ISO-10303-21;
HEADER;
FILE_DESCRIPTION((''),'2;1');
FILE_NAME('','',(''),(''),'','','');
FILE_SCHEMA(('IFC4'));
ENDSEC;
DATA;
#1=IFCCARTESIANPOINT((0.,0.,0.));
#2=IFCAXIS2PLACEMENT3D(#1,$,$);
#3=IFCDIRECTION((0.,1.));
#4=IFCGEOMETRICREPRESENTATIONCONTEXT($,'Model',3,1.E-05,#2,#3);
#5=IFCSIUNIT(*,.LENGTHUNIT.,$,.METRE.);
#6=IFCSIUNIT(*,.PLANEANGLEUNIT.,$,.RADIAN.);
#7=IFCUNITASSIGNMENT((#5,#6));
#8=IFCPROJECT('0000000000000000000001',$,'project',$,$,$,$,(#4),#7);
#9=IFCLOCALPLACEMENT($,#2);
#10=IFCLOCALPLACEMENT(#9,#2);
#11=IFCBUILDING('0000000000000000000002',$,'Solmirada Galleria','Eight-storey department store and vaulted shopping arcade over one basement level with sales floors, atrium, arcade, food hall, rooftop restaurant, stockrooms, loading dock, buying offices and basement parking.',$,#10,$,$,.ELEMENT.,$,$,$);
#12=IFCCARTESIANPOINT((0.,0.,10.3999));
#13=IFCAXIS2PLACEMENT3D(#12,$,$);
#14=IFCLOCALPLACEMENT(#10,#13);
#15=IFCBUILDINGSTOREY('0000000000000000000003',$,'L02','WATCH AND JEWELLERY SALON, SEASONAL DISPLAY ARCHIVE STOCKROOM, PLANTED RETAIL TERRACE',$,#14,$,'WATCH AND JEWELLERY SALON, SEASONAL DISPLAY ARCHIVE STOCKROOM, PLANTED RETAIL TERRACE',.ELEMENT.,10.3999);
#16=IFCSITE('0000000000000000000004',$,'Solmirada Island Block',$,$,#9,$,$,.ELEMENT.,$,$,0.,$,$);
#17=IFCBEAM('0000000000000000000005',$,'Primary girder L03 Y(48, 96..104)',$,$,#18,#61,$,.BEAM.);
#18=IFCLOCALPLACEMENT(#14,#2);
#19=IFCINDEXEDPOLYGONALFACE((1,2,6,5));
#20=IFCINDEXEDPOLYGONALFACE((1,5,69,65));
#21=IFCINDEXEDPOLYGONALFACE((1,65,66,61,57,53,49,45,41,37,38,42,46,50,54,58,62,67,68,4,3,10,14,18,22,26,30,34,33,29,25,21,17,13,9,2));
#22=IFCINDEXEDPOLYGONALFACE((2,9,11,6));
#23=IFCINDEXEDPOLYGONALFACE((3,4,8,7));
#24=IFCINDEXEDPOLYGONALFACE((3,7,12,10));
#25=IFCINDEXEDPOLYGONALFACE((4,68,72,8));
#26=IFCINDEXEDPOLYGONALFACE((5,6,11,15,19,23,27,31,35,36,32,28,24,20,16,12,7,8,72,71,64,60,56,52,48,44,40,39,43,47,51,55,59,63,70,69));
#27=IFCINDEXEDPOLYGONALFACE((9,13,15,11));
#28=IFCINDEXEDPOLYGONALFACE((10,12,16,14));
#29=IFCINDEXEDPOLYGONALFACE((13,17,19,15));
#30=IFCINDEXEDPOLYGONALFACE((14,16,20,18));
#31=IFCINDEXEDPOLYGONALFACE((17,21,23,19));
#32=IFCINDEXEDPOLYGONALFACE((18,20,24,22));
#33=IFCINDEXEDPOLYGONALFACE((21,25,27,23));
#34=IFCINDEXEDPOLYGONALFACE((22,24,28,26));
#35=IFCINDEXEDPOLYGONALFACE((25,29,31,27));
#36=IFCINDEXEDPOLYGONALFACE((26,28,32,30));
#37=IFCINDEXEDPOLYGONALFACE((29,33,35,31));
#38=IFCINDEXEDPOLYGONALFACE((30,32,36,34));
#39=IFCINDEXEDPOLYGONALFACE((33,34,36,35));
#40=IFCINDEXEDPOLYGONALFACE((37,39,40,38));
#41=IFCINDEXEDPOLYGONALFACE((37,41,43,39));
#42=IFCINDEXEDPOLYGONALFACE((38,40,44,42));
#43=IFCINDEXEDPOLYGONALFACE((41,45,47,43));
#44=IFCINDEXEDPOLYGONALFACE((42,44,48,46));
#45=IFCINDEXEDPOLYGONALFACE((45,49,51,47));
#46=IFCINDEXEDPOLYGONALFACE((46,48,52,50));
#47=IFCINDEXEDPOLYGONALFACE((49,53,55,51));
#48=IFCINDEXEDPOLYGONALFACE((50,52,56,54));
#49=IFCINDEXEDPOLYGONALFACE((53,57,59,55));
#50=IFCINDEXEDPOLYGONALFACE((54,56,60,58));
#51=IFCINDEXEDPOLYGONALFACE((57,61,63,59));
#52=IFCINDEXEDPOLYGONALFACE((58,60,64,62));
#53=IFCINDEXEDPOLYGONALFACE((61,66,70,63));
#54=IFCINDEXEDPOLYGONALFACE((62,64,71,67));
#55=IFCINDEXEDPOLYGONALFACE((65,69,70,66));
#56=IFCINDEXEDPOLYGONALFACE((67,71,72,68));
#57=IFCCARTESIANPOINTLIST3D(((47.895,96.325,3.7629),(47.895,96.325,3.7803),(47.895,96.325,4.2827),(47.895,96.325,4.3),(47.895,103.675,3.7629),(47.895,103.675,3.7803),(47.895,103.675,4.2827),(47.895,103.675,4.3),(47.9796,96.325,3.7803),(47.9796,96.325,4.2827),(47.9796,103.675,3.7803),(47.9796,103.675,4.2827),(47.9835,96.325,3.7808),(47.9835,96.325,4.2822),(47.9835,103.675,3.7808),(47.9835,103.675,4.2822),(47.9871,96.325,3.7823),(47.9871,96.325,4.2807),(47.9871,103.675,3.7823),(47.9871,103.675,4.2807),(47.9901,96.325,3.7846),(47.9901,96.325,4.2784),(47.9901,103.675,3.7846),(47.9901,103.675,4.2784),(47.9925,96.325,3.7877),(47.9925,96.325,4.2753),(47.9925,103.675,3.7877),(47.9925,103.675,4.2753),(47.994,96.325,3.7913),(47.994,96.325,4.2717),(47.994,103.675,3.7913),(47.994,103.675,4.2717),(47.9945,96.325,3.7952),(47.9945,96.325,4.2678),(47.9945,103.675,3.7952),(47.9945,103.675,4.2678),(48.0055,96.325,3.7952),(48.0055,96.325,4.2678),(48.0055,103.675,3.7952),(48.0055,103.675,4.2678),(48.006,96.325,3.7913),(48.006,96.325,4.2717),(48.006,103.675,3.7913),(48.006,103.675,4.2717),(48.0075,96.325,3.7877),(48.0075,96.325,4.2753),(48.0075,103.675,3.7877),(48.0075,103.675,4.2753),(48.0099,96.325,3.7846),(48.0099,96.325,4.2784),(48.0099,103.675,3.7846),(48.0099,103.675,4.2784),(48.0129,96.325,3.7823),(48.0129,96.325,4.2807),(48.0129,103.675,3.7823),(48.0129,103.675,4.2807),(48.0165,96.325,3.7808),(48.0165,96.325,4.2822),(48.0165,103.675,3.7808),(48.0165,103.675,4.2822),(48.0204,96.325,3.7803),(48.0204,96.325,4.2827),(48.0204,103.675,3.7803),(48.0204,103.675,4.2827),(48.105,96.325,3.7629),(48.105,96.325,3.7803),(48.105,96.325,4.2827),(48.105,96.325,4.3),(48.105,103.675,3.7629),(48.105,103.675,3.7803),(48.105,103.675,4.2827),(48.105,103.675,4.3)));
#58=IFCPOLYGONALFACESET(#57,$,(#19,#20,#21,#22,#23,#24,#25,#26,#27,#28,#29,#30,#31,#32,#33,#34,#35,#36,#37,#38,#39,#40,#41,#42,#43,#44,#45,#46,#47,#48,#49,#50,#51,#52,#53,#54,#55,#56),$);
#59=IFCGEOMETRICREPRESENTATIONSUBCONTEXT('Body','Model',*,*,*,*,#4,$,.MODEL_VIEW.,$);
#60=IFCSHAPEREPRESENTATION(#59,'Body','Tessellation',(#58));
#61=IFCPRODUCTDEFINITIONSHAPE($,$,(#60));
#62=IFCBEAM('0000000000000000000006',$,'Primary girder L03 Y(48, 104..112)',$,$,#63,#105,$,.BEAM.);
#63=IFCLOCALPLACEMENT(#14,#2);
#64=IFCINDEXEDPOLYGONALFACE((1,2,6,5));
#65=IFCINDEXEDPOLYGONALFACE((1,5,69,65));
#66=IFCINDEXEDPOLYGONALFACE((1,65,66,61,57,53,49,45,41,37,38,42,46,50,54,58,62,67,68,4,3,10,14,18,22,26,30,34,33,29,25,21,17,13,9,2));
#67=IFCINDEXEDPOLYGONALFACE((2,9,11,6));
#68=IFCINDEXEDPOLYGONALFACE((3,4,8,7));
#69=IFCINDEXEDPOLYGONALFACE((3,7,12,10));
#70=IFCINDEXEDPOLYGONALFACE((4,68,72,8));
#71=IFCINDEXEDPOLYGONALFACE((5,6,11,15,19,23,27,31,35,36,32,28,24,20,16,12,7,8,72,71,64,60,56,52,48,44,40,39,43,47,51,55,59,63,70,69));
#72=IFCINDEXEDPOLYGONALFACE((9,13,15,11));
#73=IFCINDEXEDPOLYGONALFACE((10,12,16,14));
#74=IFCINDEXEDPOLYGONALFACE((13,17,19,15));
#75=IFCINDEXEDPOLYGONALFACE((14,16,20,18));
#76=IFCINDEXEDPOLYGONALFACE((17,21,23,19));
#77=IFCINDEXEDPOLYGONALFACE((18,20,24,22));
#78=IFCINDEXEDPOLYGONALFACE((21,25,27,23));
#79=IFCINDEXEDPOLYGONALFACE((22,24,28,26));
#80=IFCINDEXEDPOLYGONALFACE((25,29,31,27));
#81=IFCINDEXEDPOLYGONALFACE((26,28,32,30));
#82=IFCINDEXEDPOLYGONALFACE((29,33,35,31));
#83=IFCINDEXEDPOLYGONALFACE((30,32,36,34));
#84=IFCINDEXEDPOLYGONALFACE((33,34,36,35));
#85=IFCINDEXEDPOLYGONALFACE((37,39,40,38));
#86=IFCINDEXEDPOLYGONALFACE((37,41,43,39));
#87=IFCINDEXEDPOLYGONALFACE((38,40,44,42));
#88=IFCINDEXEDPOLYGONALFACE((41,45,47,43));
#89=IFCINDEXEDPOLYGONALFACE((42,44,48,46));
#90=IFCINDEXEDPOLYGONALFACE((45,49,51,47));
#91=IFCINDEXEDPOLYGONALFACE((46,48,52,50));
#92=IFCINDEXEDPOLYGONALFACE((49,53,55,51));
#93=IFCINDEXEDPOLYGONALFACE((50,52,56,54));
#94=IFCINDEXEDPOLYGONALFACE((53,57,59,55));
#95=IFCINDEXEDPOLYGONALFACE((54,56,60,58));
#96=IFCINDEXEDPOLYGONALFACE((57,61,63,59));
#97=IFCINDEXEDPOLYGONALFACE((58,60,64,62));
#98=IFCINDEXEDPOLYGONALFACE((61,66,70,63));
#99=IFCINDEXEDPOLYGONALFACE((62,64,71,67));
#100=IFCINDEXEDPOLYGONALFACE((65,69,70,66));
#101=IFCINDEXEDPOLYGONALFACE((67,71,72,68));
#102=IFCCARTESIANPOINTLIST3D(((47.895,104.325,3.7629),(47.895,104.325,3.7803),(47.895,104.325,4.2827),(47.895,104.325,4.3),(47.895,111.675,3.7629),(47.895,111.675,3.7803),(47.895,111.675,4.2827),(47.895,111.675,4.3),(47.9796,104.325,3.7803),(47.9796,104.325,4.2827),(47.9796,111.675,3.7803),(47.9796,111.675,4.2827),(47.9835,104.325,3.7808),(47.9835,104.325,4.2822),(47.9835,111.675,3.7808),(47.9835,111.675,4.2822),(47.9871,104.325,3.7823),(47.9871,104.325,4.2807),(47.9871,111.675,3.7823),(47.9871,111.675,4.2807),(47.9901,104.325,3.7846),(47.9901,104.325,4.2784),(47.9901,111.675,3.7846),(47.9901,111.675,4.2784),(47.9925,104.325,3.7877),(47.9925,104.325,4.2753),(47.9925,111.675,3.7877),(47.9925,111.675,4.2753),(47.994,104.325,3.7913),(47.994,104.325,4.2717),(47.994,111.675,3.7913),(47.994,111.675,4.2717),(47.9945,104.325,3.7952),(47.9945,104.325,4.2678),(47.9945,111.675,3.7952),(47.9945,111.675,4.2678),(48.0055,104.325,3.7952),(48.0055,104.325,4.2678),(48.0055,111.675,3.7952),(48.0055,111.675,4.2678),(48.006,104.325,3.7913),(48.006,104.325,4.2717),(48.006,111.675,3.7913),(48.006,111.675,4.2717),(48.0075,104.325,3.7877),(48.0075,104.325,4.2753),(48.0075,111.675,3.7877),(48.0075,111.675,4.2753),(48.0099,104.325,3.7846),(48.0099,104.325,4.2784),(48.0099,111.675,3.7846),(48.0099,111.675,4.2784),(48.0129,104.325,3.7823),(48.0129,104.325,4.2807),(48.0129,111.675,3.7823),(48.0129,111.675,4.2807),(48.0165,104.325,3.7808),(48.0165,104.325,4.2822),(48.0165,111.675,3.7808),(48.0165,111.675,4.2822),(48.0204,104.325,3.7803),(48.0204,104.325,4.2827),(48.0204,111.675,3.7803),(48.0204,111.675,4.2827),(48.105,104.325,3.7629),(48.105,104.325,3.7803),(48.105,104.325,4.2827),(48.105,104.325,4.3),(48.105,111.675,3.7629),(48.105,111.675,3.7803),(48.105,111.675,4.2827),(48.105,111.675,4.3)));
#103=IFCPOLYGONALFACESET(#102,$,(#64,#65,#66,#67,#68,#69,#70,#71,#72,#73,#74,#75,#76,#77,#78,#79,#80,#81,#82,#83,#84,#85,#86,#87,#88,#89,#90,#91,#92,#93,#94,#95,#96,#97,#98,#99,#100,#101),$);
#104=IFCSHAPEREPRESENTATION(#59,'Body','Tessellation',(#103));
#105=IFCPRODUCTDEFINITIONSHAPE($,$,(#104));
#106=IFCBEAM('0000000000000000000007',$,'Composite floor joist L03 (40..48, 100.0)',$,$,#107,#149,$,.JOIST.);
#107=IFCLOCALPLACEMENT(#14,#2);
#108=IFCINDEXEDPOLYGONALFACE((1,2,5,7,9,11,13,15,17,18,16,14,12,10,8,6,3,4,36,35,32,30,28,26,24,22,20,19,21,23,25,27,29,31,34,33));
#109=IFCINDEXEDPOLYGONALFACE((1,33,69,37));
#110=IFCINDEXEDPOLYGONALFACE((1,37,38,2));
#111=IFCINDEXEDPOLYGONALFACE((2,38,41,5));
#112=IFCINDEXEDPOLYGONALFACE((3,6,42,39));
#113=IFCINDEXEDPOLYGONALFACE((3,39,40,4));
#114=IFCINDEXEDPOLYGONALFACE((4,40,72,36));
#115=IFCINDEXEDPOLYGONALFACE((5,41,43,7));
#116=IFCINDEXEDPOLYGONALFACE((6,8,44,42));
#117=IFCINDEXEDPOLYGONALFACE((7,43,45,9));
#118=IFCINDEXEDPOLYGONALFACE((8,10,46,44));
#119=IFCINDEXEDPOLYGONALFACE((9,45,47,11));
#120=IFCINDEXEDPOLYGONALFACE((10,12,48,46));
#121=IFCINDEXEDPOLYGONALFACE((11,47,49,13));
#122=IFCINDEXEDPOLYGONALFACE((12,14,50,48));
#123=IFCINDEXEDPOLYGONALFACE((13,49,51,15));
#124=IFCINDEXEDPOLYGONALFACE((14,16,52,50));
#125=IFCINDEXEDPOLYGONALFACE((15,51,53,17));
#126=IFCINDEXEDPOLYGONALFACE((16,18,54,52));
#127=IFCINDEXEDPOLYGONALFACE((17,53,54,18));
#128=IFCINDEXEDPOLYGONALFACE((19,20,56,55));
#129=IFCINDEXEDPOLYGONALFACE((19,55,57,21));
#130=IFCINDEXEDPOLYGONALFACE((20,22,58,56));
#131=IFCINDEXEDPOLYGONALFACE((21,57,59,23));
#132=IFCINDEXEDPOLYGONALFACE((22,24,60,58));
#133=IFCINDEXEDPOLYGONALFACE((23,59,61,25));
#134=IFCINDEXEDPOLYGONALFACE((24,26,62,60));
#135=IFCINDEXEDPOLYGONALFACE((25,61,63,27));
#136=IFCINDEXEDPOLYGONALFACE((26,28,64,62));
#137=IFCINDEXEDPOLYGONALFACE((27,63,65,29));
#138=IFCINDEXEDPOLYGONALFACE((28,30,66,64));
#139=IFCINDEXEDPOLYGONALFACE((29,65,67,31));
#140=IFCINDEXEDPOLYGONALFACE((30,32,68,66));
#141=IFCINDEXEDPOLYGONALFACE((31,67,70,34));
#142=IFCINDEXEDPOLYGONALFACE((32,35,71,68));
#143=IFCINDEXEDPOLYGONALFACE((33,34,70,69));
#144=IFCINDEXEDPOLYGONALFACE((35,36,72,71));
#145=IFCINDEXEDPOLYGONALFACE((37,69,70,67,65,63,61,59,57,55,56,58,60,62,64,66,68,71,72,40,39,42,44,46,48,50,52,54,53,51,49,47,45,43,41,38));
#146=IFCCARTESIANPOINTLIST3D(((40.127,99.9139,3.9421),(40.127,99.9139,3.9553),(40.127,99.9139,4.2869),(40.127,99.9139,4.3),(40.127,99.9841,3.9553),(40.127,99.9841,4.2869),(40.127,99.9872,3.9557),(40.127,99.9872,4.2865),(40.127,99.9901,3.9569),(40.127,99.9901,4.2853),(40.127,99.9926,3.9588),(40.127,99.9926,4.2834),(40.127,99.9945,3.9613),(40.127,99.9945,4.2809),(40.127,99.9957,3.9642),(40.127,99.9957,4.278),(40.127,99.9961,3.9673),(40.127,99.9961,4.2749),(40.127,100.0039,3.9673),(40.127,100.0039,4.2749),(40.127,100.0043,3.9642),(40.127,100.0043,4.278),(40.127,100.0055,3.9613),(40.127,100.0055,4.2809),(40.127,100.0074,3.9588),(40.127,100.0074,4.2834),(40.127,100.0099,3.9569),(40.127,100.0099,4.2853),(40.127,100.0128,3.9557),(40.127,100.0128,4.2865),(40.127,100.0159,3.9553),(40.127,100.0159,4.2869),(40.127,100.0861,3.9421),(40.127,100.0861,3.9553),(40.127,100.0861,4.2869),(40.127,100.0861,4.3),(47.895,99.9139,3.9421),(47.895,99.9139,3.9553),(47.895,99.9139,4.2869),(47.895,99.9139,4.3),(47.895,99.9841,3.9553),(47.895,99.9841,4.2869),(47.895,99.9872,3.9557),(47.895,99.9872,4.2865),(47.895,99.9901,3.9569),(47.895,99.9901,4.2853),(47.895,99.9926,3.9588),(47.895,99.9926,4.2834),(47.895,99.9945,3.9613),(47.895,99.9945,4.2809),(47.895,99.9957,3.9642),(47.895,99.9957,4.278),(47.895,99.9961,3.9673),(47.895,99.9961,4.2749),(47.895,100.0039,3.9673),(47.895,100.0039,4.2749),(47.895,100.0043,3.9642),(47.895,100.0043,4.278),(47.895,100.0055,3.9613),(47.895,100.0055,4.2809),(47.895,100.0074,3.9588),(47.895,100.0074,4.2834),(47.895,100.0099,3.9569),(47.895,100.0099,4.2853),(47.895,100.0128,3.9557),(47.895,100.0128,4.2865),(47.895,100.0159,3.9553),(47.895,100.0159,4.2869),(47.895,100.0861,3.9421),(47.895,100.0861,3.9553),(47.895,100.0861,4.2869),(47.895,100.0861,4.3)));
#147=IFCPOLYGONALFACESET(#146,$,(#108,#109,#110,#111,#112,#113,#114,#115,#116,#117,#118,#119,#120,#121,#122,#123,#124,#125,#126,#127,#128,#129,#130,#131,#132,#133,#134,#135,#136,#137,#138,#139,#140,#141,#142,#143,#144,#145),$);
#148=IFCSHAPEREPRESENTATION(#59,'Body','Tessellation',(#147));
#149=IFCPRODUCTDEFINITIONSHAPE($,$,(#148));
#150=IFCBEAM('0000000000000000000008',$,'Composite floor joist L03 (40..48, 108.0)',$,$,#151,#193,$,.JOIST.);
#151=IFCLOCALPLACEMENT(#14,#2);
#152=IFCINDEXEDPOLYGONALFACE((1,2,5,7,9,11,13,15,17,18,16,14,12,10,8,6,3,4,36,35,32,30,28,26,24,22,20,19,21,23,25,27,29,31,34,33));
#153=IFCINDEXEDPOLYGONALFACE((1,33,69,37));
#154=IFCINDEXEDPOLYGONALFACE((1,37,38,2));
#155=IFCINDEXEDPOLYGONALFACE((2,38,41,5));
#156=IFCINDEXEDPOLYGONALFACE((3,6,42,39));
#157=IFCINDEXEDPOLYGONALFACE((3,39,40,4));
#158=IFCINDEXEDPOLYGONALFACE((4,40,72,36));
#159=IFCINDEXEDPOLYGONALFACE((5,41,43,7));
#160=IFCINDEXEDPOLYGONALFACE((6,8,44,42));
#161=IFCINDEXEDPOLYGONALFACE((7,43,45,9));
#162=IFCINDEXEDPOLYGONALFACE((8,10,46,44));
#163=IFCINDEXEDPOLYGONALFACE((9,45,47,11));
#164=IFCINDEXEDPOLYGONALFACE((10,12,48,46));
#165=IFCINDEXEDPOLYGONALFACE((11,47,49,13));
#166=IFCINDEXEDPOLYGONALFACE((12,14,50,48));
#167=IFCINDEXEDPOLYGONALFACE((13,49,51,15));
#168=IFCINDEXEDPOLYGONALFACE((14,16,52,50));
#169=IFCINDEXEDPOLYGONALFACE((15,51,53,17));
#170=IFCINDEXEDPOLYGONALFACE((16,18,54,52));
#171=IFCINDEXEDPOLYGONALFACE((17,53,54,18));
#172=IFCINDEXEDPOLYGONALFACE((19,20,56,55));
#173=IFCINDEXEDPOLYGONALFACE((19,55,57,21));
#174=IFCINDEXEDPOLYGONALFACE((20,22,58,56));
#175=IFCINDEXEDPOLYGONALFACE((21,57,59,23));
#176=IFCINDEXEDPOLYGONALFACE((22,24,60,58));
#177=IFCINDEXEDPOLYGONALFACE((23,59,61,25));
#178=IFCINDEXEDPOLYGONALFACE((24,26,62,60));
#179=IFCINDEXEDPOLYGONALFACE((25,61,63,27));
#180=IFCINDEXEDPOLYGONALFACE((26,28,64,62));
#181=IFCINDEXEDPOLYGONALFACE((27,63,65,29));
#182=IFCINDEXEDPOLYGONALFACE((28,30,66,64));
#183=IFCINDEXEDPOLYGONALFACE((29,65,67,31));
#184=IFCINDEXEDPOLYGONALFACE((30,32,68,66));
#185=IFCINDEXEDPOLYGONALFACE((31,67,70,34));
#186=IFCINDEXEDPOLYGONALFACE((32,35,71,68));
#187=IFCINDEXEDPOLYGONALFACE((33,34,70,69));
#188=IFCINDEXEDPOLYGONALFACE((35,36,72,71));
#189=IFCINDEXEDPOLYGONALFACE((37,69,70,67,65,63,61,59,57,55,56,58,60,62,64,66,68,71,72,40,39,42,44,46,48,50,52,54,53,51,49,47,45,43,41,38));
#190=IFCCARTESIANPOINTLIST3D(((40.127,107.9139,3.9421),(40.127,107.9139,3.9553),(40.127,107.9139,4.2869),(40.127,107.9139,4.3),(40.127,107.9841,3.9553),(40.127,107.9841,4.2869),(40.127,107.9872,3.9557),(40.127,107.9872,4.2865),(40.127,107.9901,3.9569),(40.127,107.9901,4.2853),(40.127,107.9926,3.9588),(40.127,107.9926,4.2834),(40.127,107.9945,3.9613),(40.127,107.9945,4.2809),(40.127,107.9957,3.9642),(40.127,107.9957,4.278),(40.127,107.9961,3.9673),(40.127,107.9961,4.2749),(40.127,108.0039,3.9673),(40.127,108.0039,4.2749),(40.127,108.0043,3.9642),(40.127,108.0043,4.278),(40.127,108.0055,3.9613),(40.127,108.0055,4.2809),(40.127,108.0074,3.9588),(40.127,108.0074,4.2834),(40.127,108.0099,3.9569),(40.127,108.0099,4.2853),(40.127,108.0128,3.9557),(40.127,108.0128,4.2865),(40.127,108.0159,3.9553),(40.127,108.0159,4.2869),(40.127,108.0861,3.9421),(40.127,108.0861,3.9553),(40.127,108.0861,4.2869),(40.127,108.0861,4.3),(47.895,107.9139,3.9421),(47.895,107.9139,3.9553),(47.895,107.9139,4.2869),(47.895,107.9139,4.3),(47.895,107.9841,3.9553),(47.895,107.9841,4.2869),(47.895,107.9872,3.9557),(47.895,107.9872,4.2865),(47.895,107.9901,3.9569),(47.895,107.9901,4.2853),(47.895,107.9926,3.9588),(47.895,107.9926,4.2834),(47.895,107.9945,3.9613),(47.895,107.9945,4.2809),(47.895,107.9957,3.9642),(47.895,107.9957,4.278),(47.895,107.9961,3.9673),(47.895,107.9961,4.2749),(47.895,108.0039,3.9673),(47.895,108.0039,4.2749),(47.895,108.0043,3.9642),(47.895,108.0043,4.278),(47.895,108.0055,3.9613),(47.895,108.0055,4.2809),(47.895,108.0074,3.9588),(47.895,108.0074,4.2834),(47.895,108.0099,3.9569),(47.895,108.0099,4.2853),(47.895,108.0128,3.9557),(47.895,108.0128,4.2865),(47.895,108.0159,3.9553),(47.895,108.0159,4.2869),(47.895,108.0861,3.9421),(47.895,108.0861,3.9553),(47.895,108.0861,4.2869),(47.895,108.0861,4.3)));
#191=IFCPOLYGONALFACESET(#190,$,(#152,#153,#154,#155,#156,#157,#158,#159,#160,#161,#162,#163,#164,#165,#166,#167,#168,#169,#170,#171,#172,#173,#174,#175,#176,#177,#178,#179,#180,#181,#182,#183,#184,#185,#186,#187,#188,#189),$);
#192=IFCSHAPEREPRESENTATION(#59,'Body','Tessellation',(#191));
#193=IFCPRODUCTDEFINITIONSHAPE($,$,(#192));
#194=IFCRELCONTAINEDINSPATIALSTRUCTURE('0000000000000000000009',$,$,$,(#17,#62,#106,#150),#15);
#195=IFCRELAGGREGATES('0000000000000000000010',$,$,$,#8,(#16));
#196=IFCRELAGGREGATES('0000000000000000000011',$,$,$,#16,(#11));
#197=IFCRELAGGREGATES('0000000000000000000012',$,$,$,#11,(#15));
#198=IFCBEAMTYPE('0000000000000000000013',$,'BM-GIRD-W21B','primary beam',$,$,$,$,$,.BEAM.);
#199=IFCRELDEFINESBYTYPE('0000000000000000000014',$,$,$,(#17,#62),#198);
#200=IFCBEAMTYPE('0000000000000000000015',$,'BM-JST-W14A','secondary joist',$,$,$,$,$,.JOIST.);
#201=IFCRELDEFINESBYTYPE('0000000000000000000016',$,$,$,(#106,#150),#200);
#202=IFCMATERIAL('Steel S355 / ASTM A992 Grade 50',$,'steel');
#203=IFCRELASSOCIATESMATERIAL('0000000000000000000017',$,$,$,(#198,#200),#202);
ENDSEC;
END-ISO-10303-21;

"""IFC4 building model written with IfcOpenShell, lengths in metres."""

from ifc_helpers import new_model, si_unit, direction, frame, origin, origin_2d, place, context, subcontext, project, spatial, i_section, extrude, material, material_profile, profile_set, type_object, element, save


model = new_model("IFC4")

# Units and contexts
model_context = context("Model", 3, precision=1e-05, world=origin(), true_north=direction((0.0, 1.0)))
body_context = subcontext(model_context, "Body", "Model", "MODEL_VIEW")
ifc_project = project(units=[si_unit("LENGTHUNIT", "METRE"), si_unit("PLANEANGLEUNIT", "RADIAN")], contexts=[model_context])

# Site, building, storey
site_placement = place(None, origin())
site = spatial("IfcSite", under=ifc_project, at=site_placement, Name="Solmirada Island Block", CompositionType="ELEMENT", RefElevation=0.0)
building_placement = place(site_placement, origin())
building = spatial("IfcBuilding", under=site, at=building_placement, Name="Solmirada Galleria", Description="Eight-storey department store and vaulted shopping arcade over one basement level with sales floors, atrium, arcade, food hall, rooftop restaurant, stockrooms, loading dock, buying offices and basement parking.", CompositionType="ELEMENT")
storey_placement = place(building_placement, frame((0.0, 0.0, 10.3999)))
storey = spatial("IfcBuildingStorey", under=building, at=storey_placement, Name="L02", Description="WATCH AND JEWELLERY SALON, SEASONAL DISPLAY ARCHIVE STOCKROOM, PLANTED RETAIL TERRACE", LongName="WATCH AND JEWELLERY SALON, SEASONAL DISPLAY ARCHIVE STOCKROOM, PLANTED RETAIL TERRACE", CompositionType="ELEMENT", Elevation=10.3999)

# Beams
ifc_material_1 = material(Name="Steel S355 / ASTM A992 Grade 50", Category="steel")
ifc_material_profile_1 = material_profile(ifc_material_1, i_section(OverallWidth=0.21, OverallDepth=0.5371, WebThickness=0.011, FlangeThickness=0.0173, FilletRadius=0.0149, at=origin_2d()), Name="W21X68")
ifc_profile_set_1 = profile_set([ifc_material_profile_1], Name="Steel S355 / ASTM A992 Grade 50")
beam_type_1 = type_object("IfcBeamType", Name="BM-GIRD-W21B", Description="primary beam", PredefinedType="BEAM", material=ifc_profile_set_1)
for number, where, z_axis, x_axis, name in (
    (1, (48.0, 96.325, 4.0315), (0.0, 1.0, 0.0), (-1.0, 0.0, 0.0), "Primary girder L03 Y(48, 96..104)"),
    (2, (48.0, 104.325, 4.0315), (0.0, 1.0, 0.0), (-1.0, 0.0, 0.0), "Primary girder L03 Y(48, 104..112)"),
):
    element("IfcBeam", number, at=place(storey_placement, frame(where, z_axis=z_axis, x_axis=x_axis)), inside=storey, type_object=beam_type_1, Name=name, PredefinedType="BEAM", context=body_context, shape_type="SweptSolid", body=[
        extrude(i_section(OverallWidth=0.21, OverallDepth=0.5371, WebThickness=0.011, FlangeThickness=0.0173, FilletRadius=0.0149, at=origin_2d()), origin(), (0.0, 0.0, 1.0), 7.3501),
    ])
ifc_material_profile_2 = material_profile(ifc_material_1, i_section(OverallWidth=0.1721, OverallDepth=0.3579, WebThickness=0.0078, FlangeThickness=0.0132, FilletRadius=0.012, at=origin_2d()), Name="W14X38")
ifc_profile_set_2 = profile_set([ifc_material_profile_2], Name="Steel S355 / ASTM A992 Grade 50")
beam_type_2 = type_object("IfcBeamType", Name="BM-JST-W14A", Description="secondary joist", PredefinedType="JOIST", material=ifc_profile_set_2)
for number, where, z_axis, x_axis, name in (
    (3, (40.127, 100.0, 4.1211), (1.0, 0.0, 0.0), (0.0, 1.0, 0.0), "Composite floor joist L03 (40..48, 100.0)"),
    (4, (40.127, 108.0, 4.1211), (1.0, 0.0, 0.0), (0.0, 1.0, 0.0), "Composite floor joist L03 (40..48, 108.0)"),
):
    element("IfcBeam", number, at=place(storey_placement, frame(where, z_axis=z_axis, x_axis=x_axis)), inside=storey, type_object=beam_type_2, Name=name, PredefinedType="JOIST", context=body_context, shape_type="SweptSolid", body=[
        extrude(i_section(OverallWidth=0.1721, OverallDepth=0.3579, WebThickness=0.0078, FlangeThickness=0.0132, FilletRadius=0.012, at=origin_2d()), origin(), (0.0, 0.0, 1.0), 7.7681),
    ])

save(model, "model.ifc")
